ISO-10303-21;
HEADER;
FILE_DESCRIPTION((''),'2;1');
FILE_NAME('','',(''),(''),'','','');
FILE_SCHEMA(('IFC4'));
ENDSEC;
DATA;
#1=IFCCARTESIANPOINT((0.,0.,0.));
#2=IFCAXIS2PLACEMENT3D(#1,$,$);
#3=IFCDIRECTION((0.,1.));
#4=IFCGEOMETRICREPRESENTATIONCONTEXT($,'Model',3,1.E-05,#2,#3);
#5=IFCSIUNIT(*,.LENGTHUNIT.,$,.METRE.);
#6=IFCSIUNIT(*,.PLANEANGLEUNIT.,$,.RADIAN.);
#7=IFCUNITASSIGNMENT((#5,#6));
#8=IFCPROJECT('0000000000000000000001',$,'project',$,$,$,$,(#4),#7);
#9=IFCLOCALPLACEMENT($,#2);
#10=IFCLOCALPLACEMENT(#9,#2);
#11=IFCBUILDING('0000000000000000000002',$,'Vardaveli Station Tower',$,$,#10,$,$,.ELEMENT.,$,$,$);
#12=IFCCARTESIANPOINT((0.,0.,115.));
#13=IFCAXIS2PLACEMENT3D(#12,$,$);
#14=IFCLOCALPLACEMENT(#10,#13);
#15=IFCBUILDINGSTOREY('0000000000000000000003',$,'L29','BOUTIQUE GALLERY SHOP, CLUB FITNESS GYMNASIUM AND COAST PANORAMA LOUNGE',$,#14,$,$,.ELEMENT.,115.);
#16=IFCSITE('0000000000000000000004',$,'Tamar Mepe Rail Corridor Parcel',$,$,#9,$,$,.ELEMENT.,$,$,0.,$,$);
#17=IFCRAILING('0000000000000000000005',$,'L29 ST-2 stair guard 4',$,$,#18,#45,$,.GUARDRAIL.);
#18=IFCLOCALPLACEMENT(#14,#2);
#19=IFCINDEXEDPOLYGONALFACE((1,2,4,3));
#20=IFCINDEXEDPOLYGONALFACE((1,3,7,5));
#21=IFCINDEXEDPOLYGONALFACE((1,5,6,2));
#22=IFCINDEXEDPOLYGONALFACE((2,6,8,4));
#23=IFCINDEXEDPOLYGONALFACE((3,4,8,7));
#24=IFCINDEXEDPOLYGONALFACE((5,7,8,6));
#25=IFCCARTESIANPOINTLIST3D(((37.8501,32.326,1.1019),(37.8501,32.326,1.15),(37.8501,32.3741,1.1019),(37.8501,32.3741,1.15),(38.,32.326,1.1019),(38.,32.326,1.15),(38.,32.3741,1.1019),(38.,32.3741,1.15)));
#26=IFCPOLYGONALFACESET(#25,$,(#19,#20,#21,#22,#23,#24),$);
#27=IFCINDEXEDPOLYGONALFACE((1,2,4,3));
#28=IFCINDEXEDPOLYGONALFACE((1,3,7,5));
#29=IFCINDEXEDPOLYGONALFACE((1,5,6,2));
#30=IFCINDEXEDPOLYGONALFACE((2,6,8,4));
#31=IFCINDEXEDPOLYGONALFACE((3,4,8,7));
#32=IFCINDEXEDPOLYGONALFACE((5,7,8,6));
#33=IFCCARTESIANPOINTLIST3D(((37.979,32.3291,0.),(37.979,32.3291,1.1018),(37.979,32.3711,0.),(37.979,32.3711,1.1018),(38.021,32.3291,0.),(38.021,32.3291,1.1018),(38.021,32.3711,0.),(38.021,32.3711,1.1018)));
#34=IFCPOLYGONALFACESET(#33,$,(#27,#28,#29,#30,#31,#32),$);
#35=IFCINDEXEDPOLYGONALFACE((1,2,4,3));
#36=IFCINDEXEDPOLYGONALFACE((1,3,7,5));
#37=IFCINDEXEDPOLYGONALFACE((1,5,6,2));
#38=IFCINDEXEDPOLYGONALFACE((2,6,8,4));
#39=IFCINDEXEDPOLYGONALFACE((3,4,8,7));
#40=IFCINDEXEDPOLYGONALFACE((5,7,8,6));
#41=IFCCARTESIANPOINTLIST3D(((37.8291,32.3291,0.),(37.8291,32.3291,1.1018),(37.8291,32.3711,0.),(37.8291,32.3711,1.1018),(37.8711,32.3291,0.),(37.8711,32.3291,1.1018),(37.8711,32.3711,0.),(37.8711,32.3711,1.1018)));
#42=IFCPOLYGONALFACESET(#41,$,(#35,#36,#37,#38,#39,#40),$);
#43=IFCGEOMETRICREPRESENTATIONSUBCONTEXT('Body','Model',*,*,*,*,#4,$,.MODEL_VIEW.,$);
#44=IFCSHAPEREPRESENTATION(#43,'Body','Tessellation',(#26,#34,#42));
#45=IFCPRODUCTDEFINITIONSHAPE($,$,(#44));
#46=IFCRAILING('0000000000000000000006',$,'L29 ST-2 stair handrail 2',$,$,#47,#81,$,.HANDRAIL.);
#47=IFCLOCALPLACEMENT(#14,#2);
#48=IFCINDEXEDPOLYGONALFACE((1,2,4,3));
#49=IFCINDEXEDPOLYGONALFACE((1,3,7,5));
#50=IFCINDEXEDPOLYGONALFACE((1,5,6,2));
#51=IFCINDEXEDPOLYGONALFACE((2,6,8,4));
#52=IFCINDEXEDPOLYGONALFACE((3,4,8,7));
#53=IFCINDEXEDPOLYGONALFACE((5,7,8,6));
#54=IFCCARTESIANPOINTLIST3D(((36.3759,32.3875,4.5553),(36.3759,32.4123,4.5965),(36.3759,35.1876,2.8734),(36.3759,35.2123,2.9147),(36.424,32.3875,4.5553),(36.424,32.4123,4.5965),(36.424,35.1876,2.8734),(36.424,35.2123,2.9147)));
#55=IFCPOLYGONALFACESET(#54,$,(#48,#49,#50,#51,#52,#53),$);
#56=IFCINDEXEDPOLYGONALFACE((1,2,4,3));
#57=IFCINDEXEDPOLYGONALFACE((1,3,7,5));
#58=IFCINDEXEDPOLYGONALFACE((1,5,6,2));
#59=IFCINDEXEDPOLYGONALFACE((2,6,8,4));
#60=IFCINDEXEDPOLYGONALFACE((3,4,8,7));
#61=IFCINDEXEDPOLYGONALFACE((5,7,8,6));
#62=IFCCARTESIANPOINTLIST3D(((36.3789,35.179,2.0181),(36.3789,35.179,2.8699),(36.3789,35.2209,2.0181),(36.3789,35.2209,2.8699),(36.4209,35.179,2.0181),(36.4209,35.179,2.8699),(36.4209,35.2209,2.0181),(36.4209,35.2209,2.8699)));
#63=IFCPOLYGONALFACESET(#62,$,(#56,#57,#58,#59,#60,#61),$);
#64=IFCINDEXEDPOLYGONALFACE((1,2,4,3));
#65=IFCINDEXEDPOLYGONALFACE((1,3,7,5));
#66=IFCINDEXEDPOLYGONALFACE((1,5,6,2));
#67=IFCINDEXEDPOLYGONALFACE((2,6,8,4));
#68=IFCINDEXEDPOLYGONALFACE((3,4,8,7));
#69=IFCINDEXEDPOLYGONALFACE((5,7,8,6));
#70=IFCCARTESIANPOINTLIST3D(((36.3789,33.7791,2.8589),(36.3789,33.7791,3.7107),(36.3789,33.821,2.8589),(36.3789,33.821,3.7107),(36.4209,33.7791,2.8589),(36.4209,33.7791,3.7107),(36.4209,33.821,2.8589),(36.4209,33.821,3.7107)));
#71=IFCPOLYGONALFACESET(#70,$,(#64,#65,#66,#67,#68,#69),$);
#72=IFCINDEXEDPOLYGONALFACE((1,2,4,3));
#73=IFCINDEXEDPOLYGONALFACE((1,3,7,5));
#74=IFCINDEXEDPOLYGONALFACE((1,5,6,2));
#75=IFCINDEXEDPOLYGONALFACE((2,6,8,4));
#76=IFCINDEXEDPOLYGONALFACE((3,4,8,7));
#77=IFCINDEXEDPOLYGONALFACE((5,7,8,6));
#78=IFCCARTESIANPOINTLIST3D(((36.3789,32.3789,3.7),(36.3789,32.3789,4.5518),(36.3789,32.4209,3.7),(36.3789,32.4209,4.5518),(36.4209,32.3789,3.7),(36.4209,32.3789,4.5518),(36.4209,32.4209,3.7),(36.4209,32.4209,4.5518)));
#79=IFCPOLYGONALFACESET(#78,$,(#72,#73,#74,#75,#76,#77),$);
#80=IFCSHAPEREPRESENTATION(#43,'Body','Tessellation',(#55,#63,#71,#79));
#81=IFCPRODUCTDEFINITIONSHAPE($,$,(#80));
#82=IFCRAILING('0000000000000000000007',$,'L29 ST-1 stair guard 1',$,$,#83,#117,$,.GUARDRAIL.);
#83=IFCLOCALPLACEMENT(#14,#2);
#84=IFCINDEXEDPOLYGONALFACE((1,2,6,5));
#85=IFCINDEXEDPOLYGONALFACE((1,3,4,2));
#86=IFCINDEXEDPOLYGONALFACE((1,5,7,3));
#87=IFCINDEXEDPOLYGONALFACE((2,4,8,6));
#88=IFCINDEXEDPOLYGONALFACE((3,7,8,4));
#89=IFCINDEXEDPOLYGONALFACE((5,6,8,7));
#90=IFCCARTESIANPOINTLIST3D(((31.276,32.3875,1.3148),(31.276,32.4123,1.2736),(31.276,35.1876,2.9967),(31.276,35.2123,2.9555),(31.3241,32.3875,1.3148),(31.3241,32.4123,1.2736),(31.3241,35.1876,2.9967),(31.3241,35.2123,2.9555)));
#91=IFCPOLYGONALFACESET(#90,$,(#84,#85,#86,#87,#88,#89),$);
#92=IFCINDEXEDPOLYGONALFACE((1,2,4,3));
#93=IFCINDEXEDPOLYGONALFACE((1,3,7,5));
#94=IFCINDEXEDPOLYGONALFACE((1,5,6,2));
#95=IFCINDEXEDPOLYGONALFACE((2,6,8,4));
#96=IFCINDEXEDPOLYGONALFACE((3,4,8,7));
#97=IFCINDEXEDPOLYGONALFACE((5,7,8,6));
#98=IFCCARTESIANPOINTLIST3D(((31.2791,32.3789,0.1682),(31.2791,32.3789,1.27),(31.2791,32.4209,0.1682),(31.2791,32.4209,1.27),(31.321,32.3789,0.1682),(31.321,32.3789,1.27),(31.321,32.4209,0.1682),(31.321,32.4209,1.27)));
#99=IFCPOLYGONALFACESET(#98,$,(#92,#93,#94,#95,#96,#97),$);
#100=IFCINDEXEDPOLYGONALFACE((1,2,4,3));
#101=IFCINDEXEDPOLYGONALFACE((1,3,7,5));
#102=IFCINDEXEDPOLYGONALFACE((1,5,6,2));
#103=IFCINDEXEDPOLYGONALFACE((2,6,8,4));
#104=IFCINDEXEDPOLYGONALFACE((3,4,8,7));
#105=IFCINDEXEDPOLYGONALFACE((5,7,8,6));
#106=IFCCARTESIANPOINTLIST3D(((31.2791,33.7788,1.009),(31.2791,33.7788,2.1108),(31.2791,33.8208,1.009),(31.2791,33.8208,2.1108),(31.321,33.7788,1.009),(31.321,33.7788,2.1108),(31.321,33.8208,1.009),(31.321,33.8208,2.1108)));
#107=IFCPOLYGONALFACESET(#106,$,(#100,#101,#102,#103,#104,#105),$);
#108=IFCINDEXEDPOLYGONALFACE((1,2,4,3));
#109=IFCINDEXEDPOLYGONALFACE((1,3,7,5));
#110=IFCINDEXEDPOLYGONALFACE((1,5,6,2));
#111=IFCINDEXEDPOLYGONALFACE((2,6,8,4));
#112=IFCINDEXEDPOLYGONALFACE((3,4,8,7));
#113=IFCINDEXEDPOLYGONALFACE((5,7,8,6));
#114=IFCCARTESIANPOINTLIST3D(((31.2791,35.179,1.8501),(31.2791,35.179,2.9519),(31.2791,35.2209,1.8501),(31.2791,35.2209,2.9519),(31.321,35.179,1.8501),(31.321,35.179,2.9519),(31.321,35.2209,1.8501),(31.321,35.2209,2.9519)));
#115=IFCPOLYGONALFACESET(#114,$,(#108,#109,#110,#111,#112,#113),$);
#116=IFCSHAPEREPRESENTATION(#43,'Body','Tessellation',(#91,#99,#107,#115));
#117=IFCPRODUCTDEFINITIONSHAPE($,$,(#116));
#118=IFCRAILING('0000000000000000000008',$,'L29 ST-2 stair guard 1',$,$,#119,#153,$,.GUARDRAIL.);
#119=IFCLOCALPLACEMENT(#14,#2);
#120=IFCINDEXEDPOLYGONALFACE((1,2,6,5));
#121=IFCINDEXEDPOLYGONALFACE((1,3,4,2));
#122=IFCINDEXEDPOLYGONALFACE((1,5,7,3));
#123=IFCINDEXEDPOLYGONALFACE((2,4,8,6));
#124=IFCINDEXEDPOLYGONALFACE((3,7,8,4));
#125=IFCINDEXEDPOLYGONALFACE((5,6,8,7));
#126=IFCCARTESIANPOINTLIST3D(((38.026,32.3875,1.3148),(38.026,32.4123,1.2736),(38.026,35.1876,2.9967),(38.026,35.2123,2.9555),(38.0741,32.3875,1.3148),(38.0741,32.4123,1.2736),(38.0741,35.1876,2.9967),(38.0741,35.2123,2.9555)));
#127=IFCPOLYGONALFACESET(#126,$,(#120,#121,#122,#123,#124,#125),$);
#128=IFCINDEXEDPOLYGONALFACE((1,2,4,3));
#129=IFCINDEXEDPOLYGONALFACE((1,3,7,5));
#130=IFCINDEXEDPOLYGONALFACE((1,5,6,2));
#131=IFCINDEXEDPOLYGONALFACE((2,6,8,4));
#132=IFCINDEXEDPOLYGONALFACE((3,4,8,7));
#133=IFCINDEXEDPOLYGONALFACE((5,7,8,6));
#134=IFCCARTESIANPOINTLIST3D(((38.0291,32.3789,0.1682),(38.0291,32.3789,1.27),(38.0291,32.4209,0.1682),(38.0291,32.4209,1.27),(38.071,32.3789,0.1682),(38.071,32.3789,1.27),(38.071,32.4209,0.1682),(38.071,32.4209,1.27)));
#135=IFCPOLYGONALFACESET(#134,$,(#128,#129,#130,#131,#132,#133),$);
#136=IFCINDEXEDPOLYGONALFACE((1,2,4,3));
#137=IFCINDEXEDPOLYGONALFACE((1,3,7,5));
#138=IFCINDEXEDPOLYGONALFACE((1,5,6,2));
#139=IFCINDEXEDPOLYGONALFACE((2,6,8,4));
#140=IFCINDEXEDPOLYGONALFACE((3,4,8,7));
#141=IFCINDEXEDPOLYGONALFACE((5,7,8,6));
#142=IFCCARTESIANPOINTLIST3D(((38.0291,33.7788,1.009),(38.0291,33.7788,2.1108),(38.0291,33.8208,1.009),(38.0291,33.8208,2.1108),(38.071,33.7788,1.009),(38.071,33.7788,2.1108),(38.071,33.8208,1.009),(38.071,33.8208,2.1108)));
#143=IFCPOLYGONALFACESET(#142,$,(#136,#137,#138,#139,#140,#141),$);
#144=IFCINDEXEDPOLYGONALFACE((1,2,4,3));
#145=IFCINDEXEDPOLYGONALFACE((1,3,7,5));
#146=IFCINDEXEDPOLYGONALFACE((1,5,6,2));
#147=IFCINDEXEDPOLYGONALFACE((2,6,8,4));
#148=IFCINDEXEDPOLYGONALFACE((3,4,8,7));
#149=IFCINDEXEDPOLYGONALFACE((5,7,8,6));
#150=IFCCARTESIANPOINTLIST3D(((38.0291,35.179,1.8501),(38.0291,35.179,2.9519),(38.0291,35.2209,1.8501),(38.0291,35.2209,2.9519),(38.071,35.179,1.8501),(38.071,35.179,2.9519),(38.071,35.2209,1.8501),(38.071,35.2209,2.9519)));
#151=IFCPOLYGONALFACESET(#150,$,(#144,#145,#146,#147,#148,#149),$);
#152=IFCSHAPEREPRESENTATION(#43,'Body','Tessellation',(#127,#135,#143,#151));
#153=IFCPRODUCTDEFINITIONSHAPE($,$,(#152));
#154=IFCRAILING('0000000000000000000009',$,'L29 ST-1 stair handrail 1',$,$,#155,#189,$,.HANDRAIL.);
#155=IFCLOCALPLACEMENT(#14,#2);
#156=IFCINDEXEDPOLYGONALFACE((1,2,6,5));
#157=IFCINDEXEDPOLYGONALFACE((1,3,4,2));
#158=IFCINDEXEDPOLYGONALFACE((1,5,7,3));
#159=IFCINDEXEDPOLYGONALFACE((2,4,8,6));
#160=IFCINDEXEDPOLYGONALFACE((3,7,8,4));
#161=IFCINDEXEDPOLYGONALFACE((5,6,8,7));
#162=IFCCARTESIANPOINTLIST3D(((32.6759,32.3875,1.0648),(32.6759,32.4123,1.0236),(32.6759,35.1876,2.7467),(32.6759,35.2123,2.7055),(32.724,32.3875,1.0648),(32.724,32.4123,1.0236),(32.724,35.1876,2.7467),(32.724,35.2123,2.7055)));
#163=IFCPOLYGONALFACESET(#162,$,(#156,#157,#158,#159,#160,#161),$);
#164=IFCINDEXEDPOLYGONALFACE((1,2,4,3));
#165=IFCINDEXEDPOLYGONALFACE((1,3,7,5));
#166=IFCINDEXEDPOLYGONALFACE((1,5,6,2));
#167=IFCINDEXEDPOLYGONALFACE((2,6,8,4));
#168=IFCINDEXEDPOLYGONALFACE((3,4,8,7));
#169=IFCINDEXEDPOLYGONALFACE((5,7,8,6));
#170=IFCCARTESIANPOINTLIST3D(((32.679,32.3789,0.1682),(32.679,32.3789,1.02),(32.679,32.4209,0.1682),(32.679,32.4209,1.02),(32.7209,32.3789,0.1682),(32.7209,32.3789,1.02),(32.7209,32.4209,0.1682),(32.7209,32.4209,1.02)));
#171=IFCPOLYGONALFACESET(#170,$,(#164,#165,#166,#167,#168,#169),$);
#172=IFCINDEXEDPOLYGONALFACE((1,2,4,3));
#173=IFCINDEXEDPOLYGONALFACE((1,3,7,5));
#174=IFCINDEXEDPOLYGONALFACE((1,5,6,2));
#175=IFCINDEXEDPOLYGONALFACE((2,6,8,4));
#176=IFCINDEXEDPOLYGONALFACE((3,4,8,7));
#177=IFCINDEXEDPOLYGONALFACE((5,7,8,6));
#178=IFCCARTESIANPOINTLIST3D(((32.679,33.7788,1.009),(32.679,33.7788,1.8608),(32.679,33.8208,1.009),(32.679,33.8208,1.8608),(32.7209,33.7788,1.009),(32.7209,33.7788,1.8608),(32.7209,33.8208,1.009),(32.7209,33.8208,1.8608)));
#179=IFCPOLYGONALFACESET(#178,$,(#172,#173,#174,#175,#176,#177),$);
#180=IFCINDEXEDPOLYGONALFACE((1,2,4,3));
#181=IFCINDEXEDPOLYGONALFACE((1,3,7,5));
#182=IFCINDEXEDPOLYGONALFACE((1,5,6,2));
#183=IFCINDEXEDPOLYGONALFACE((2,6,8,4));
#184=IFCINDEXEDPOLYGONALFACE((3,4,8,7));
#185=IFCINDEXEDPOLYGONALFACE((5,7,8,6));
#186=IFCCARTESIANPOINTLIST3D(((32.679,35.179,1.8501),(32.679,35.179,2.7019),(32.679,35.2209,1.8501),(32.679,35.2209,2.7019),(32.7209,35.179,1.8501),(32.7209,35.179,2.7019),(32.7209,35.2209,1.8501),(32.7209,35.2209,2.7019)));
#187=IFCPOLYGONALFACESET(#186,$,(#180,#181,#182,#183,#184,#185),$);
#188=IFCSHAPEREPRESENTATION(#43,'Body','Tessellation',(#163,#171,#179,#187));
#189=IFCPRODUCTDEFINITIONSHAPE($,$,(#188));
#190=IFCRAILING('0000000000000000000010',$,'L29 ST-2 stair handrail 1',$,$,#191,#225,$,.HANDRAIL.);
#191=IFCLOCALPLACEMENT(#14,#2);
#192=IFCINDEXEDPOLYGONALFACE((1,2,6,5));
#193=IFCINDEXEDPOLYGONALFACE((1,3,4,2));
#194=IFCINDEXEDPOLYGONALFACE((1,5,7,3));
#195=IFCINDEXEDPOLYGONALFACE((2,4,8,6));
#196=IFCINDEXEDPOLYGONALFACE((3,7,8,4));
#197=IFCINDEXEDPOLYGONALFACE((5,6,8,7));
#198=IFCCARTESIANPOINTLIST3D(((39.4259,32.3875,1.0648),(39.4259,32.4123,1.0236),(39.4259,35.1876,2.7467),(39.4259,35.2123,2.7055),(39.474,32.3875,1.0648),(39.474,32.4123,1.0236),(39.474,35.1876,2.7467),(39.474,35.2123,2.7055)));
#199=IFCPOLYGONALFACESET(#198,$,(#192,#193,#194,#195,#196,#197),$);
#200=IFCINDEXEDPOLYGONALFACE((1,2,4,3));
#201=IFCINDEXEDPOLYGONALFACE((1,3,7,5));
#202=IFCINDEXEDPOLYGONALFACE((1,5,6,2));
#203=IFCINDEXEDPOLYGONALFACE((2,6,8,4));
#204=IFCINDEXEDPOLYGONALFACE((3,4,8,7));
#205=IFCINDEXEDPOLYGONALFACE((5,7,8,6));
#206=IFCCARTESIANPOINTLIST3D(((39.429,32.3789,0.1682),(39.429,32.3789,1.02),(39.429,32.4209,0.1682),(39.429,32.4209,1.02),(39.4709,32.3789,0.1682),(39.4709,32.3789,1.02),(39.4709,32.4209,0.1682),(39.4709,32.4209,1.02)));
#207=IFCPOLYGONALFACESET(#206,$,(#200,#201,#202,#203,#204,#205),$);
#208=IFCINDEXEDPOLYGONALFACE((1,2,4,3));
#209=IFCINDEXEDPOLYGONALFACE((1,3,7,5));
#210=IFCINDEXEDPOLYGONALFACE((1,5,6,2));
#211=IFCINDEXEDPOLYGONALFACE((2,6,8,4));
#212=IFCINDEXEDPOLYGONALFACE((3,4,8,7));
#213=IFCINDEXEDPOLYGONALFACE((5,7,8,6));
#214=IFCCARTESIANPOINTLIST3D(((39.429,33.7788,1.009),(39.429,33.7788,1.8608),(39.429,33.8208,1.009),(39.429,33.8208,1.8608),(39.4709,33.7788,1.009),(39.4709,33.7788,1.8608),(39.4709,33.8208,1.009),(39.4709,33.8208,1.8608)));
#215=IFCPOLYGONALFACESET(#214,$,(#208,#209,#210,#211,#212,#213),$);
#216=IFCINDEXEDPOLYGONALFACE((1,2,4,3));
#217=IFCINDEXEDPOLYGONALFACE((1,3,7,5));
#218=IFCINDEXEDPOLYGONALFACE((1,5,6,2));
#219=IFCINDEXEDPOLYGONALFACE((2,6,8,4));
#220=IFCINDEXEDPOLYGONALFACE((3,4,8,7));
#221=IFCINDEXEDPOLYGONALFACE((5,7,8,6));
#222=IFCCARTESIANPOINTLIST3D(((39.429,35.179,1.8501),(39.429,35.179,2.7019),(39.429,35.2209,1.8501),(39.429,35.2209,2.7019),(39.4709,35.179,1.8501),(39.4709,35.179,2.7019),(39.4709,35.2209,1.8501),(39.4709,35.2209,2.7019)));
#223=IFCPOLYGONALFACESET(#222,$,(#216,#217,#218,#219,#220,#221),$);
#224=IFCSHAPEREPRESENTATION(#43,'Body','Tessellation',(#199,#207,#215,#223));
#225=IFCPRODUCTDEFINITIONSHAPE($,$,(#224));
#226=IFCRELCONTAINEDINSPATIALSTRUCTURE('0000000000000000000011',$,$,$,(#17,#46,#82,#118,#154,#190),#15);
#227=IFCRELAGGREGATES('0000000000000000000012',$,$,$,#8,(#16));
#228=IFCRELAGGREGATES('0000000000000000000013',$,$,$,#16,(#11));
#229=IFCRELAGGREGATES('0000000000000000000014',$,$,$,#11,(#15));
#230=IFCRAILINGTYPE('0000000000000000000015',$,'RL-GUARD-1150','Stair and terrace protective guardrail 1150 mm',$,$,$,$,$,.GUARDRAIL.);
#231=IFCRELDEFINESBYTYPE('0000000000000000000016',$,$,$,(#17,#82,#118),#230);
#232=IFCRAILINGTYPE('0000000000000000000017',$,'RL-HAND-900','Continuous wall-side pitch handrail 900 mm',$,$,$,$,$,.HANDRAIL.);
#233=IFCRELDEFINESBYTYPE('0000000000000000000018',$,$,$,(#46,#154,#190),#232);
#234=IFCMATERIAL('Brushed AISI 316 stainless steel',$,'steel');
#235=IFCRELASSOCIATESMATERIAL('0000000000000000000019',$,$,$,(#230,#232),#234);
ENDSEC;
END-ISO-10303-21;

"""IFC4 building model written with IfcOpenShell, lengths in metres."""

from ifc_helpers import new_model, si_unit, direction, frame, origin, origin_2d, place, context, subcontext, project, spatial, rectangle, extrude, source, transform, mapped, material, type_object, element, save


model = new_model("IFC4")

# Units and contexts
model_context = context("Model", 3, precision=1e-05, world=origin(), true_north=direction((0.0, 1.0)))
body_context = subcontext(model_context, "Body", "Model", "MODEL_VIEW")
ifc_project = project(units=[si_unit("LENGTHUNIT", "METRE"), si_unit("PLANEANGLEUNIT", "RADIAN")], contexts=[model_context])

# Site, building, storey
site_placement = place(None, origin())
site = spatial("IfcSite", under=ifc_project, at=site_placement, Name="Tamar Mepe Rail Corridor Parcel", CompositionType="ELEMENT", RefElevation=0.0)
building_placement = place(site_placement, origin())
building = spatial("IfcBuilding", under=site, at=building_placement, Name="Vardaveli Station Tower", CompositionType="ELEMENT")
storey_placement = place(building_placement, frame((0.0, 0.0, 115.0)))
storey = spatial("IfcBuildingStorey", under=building, at=storey_placement, Name="L29", Description="BOUTIQUE GALLERY SHOP, CLUB FITNESS GYMNASIUM AND COAST PANORAMA LOUNGE", CompositionType="ELEMENT", Elevation=115.0)

# Railings
ifc_material_1 = material(Name="Brushed AISI 316 stainless steel", Category="steel")
railing_type_1 = type_object("IfcRailingType", Name="RL-GUARD-1150", Description="Stair and terrace protective guardrail 1150 mm", PredefinedType="GUARDRAIL", material=ifc_material_1)
shared_shape_1 = source(origin(), body_context, "Body", "SweptSolid", [
    extrude(rectangle(XDim=0.0481, YDim=0.0481, at=origin_2d()), frame((0.0, 0.0, 1.126), z_axis=(-1.0, 0.0, 0.0), x_axis=(0.0, -1.0, 0.0)), (0.0, 0.0, 1.0), 0.1499),
    extrude(rectangle(XDim=0.042, YDim=0.042, at=origin_2d()), origin(), (0.0, 0.0, 1.0), 1.1018),
    extrude(rectangle(XDim=0.042, YDim=0.042, at=origin_2d()), frame((-0.1499, 0.0, 0.0)), (0.0, 0.0, 1.0), 1.1018),
])
for number, where, name in (
    (1, (38.0, 32.3501, 0.0), "L29 ST-2 stair guard 4"),
):
    element("IfcRailing", number, at=place(storey_placement, frame(where)), inside=storey, type_object=railing_type_1, Name=name, PredefinedType="GUARDRAIL", context=body_context, shape_type="MappedRepresentation", body=[
        mapped(shared_shape_1, transform((0.0, 0.0, 0.0), scale=1.0)),
    ])
railing_type_2 = type_object("IfcRailingType", Name="RL-HAND-900", Description="Continuous wall-side pitch handrail 900 mm", PredefinedType="HANDRAIL", material=ifc_material_1)
shared_shape_2 = source(origin(), body_context, "Body", "SweptSolid", [
    extrude(rectangle(XDim=0.0481, YDim=0.0481, at=origin_2d()), frame((0.0, 0.0, 0.876), z_axis=(0.0, -0.857242, 0.514913), x_axis=(1.0, 0.0, 0.0)), (0.0, 0.0, 1.0), 3.2664),
    extrude(rectangle(XDim=0.042, YDim=0.042, at=origin_2d()), origin(), (0.0, 0.0, 1.0), 0.8518),
    extrude(rectangle(XDim=0.042, YDim=0.042, at=origin_2d()), frame((0.0, -1.3999, 0.8408)), (0.0, 0.0, 1.0), 0.8518),
    extrude(rectangle(XDim=0.042, YDim=0.042, at=origin_2d()), frame((0.0, -2.8, 1.6819)), (0.0, 0.0, 1.0), 0.8518),
])
railing_placement = place(storey_placement, frame((36.3999, 35.2, 2.0181)))
element("IfcRailing", 2, at=railing_placement, inside=storey, type_object=railing_type_2, Name="L29 ST-2 stair handrail 2", PredefinedType="HANDRAIL", context=body_context, shape_type="MappedRepresentation", body=[
    mapped(shared_shape_2, transform((0.0, 0.0, 0.0), scale=1.0)),
])
shared_shape_3 = source(origin(), body_context, "Body", "SweptSolid", [
    extrude(rectangle(XDim=0.0481, YDim=0.0481, at=origin_2d()), frame((0.0, 0.0, 1.126), z_axis=(0.0, 0.857242, 0.514913), x_axis=(-1.0, 0.0, 0.0)), (0.0, 0.0, 1.0), 3.2664),
    extrude(rectangle(XDim=0.042, YDim=0.042, at=origin_2d()), origin(), (0.0, 0.0, 1.0), 1.1018),
    extrude(rectangle(XDim=0.042, YDim=0.042, at=origin_2d()), frame((0.0, 1.3999, 0.8408)), (0.0, 0.0, 1.0), 1.1018),
    extrude(rectangle(XDim=0.042, YDim=0.042, at=origin_2d()), frame((0.0, 2.8, 1.6819)), (0.0, 0.0, 1.0), 1.1018),
])
for number, where, name in (
    (3, (31.3, 32.3999, 0.1682), "L29 ST-1 stair guard 1"),
    (4, (38.05, 32.3999, 0.1682), "L29 ST-2 stair guard 1"),
):
    element("IfcRailing", number, at=place(storey_placement, frame(where)), inside=storey, type_object=railing_type_1, Name=name, PredefinedType="GUARDRAIL", context=body_context, shape_type="MappedRepresentation", body=[
        mapped(shared_shape_3, transform((0.0, 0.0, 0.0), scale=1.0)),
    ])
shared_shape_4 = source(origin(), body_context, "Body", "SweptSolid", [
    extrude(rectangle(XDim=0.0481, YDim=0.0481, at=origin_2d()), frame((0.0, 0.0, 0.876), z_axis=(0.0, 0.857242, 0.514913), x_axis=(-1.0, 0.0, 0.0)), (0.0, 0.0, 1.0), 3.2664),
    extrude(rectangle(XDim=0.042, YDim=0.042, at=origin_2d()), origin(), (0.0, 0.0, 1.0), 0.8518),
    extrude(rectangle(XDim=0.042, YDim=0.042, at=origin_2d()), frame((0.0, 1.3999, 0.8408)), (0.0, 0.0, 1.0), 0.8518),
    extrude(rectangle(XDim=0.042, YDim=0.042, at=origin_2d()), frame((0.0, 2.8, 1.6819)), (0.0, 0.0, 1.0), 0.8518),
])
for number, where, name in (
    (5, (32.7, 32.3999, 0.1682), "L29 ST-1 stair handrail 1"),
    (6, (39.45, 32.3999, 0.1682), "L29 ST-2 stair handrail 1"),
):
    element("IfcRailing", number, at=place(storey_placement, frame(where)), inside=storey, type_object=railing_type_2, Name=name, PredefinedType="HANDRAIL", context=body_context, shape_type="MappedRepresentation", body=[
        mapped(shared_shape_4, transform((0.0, 0.0, 0.0), scale=1.0)),
    ])

save(model, "model.ifc")
